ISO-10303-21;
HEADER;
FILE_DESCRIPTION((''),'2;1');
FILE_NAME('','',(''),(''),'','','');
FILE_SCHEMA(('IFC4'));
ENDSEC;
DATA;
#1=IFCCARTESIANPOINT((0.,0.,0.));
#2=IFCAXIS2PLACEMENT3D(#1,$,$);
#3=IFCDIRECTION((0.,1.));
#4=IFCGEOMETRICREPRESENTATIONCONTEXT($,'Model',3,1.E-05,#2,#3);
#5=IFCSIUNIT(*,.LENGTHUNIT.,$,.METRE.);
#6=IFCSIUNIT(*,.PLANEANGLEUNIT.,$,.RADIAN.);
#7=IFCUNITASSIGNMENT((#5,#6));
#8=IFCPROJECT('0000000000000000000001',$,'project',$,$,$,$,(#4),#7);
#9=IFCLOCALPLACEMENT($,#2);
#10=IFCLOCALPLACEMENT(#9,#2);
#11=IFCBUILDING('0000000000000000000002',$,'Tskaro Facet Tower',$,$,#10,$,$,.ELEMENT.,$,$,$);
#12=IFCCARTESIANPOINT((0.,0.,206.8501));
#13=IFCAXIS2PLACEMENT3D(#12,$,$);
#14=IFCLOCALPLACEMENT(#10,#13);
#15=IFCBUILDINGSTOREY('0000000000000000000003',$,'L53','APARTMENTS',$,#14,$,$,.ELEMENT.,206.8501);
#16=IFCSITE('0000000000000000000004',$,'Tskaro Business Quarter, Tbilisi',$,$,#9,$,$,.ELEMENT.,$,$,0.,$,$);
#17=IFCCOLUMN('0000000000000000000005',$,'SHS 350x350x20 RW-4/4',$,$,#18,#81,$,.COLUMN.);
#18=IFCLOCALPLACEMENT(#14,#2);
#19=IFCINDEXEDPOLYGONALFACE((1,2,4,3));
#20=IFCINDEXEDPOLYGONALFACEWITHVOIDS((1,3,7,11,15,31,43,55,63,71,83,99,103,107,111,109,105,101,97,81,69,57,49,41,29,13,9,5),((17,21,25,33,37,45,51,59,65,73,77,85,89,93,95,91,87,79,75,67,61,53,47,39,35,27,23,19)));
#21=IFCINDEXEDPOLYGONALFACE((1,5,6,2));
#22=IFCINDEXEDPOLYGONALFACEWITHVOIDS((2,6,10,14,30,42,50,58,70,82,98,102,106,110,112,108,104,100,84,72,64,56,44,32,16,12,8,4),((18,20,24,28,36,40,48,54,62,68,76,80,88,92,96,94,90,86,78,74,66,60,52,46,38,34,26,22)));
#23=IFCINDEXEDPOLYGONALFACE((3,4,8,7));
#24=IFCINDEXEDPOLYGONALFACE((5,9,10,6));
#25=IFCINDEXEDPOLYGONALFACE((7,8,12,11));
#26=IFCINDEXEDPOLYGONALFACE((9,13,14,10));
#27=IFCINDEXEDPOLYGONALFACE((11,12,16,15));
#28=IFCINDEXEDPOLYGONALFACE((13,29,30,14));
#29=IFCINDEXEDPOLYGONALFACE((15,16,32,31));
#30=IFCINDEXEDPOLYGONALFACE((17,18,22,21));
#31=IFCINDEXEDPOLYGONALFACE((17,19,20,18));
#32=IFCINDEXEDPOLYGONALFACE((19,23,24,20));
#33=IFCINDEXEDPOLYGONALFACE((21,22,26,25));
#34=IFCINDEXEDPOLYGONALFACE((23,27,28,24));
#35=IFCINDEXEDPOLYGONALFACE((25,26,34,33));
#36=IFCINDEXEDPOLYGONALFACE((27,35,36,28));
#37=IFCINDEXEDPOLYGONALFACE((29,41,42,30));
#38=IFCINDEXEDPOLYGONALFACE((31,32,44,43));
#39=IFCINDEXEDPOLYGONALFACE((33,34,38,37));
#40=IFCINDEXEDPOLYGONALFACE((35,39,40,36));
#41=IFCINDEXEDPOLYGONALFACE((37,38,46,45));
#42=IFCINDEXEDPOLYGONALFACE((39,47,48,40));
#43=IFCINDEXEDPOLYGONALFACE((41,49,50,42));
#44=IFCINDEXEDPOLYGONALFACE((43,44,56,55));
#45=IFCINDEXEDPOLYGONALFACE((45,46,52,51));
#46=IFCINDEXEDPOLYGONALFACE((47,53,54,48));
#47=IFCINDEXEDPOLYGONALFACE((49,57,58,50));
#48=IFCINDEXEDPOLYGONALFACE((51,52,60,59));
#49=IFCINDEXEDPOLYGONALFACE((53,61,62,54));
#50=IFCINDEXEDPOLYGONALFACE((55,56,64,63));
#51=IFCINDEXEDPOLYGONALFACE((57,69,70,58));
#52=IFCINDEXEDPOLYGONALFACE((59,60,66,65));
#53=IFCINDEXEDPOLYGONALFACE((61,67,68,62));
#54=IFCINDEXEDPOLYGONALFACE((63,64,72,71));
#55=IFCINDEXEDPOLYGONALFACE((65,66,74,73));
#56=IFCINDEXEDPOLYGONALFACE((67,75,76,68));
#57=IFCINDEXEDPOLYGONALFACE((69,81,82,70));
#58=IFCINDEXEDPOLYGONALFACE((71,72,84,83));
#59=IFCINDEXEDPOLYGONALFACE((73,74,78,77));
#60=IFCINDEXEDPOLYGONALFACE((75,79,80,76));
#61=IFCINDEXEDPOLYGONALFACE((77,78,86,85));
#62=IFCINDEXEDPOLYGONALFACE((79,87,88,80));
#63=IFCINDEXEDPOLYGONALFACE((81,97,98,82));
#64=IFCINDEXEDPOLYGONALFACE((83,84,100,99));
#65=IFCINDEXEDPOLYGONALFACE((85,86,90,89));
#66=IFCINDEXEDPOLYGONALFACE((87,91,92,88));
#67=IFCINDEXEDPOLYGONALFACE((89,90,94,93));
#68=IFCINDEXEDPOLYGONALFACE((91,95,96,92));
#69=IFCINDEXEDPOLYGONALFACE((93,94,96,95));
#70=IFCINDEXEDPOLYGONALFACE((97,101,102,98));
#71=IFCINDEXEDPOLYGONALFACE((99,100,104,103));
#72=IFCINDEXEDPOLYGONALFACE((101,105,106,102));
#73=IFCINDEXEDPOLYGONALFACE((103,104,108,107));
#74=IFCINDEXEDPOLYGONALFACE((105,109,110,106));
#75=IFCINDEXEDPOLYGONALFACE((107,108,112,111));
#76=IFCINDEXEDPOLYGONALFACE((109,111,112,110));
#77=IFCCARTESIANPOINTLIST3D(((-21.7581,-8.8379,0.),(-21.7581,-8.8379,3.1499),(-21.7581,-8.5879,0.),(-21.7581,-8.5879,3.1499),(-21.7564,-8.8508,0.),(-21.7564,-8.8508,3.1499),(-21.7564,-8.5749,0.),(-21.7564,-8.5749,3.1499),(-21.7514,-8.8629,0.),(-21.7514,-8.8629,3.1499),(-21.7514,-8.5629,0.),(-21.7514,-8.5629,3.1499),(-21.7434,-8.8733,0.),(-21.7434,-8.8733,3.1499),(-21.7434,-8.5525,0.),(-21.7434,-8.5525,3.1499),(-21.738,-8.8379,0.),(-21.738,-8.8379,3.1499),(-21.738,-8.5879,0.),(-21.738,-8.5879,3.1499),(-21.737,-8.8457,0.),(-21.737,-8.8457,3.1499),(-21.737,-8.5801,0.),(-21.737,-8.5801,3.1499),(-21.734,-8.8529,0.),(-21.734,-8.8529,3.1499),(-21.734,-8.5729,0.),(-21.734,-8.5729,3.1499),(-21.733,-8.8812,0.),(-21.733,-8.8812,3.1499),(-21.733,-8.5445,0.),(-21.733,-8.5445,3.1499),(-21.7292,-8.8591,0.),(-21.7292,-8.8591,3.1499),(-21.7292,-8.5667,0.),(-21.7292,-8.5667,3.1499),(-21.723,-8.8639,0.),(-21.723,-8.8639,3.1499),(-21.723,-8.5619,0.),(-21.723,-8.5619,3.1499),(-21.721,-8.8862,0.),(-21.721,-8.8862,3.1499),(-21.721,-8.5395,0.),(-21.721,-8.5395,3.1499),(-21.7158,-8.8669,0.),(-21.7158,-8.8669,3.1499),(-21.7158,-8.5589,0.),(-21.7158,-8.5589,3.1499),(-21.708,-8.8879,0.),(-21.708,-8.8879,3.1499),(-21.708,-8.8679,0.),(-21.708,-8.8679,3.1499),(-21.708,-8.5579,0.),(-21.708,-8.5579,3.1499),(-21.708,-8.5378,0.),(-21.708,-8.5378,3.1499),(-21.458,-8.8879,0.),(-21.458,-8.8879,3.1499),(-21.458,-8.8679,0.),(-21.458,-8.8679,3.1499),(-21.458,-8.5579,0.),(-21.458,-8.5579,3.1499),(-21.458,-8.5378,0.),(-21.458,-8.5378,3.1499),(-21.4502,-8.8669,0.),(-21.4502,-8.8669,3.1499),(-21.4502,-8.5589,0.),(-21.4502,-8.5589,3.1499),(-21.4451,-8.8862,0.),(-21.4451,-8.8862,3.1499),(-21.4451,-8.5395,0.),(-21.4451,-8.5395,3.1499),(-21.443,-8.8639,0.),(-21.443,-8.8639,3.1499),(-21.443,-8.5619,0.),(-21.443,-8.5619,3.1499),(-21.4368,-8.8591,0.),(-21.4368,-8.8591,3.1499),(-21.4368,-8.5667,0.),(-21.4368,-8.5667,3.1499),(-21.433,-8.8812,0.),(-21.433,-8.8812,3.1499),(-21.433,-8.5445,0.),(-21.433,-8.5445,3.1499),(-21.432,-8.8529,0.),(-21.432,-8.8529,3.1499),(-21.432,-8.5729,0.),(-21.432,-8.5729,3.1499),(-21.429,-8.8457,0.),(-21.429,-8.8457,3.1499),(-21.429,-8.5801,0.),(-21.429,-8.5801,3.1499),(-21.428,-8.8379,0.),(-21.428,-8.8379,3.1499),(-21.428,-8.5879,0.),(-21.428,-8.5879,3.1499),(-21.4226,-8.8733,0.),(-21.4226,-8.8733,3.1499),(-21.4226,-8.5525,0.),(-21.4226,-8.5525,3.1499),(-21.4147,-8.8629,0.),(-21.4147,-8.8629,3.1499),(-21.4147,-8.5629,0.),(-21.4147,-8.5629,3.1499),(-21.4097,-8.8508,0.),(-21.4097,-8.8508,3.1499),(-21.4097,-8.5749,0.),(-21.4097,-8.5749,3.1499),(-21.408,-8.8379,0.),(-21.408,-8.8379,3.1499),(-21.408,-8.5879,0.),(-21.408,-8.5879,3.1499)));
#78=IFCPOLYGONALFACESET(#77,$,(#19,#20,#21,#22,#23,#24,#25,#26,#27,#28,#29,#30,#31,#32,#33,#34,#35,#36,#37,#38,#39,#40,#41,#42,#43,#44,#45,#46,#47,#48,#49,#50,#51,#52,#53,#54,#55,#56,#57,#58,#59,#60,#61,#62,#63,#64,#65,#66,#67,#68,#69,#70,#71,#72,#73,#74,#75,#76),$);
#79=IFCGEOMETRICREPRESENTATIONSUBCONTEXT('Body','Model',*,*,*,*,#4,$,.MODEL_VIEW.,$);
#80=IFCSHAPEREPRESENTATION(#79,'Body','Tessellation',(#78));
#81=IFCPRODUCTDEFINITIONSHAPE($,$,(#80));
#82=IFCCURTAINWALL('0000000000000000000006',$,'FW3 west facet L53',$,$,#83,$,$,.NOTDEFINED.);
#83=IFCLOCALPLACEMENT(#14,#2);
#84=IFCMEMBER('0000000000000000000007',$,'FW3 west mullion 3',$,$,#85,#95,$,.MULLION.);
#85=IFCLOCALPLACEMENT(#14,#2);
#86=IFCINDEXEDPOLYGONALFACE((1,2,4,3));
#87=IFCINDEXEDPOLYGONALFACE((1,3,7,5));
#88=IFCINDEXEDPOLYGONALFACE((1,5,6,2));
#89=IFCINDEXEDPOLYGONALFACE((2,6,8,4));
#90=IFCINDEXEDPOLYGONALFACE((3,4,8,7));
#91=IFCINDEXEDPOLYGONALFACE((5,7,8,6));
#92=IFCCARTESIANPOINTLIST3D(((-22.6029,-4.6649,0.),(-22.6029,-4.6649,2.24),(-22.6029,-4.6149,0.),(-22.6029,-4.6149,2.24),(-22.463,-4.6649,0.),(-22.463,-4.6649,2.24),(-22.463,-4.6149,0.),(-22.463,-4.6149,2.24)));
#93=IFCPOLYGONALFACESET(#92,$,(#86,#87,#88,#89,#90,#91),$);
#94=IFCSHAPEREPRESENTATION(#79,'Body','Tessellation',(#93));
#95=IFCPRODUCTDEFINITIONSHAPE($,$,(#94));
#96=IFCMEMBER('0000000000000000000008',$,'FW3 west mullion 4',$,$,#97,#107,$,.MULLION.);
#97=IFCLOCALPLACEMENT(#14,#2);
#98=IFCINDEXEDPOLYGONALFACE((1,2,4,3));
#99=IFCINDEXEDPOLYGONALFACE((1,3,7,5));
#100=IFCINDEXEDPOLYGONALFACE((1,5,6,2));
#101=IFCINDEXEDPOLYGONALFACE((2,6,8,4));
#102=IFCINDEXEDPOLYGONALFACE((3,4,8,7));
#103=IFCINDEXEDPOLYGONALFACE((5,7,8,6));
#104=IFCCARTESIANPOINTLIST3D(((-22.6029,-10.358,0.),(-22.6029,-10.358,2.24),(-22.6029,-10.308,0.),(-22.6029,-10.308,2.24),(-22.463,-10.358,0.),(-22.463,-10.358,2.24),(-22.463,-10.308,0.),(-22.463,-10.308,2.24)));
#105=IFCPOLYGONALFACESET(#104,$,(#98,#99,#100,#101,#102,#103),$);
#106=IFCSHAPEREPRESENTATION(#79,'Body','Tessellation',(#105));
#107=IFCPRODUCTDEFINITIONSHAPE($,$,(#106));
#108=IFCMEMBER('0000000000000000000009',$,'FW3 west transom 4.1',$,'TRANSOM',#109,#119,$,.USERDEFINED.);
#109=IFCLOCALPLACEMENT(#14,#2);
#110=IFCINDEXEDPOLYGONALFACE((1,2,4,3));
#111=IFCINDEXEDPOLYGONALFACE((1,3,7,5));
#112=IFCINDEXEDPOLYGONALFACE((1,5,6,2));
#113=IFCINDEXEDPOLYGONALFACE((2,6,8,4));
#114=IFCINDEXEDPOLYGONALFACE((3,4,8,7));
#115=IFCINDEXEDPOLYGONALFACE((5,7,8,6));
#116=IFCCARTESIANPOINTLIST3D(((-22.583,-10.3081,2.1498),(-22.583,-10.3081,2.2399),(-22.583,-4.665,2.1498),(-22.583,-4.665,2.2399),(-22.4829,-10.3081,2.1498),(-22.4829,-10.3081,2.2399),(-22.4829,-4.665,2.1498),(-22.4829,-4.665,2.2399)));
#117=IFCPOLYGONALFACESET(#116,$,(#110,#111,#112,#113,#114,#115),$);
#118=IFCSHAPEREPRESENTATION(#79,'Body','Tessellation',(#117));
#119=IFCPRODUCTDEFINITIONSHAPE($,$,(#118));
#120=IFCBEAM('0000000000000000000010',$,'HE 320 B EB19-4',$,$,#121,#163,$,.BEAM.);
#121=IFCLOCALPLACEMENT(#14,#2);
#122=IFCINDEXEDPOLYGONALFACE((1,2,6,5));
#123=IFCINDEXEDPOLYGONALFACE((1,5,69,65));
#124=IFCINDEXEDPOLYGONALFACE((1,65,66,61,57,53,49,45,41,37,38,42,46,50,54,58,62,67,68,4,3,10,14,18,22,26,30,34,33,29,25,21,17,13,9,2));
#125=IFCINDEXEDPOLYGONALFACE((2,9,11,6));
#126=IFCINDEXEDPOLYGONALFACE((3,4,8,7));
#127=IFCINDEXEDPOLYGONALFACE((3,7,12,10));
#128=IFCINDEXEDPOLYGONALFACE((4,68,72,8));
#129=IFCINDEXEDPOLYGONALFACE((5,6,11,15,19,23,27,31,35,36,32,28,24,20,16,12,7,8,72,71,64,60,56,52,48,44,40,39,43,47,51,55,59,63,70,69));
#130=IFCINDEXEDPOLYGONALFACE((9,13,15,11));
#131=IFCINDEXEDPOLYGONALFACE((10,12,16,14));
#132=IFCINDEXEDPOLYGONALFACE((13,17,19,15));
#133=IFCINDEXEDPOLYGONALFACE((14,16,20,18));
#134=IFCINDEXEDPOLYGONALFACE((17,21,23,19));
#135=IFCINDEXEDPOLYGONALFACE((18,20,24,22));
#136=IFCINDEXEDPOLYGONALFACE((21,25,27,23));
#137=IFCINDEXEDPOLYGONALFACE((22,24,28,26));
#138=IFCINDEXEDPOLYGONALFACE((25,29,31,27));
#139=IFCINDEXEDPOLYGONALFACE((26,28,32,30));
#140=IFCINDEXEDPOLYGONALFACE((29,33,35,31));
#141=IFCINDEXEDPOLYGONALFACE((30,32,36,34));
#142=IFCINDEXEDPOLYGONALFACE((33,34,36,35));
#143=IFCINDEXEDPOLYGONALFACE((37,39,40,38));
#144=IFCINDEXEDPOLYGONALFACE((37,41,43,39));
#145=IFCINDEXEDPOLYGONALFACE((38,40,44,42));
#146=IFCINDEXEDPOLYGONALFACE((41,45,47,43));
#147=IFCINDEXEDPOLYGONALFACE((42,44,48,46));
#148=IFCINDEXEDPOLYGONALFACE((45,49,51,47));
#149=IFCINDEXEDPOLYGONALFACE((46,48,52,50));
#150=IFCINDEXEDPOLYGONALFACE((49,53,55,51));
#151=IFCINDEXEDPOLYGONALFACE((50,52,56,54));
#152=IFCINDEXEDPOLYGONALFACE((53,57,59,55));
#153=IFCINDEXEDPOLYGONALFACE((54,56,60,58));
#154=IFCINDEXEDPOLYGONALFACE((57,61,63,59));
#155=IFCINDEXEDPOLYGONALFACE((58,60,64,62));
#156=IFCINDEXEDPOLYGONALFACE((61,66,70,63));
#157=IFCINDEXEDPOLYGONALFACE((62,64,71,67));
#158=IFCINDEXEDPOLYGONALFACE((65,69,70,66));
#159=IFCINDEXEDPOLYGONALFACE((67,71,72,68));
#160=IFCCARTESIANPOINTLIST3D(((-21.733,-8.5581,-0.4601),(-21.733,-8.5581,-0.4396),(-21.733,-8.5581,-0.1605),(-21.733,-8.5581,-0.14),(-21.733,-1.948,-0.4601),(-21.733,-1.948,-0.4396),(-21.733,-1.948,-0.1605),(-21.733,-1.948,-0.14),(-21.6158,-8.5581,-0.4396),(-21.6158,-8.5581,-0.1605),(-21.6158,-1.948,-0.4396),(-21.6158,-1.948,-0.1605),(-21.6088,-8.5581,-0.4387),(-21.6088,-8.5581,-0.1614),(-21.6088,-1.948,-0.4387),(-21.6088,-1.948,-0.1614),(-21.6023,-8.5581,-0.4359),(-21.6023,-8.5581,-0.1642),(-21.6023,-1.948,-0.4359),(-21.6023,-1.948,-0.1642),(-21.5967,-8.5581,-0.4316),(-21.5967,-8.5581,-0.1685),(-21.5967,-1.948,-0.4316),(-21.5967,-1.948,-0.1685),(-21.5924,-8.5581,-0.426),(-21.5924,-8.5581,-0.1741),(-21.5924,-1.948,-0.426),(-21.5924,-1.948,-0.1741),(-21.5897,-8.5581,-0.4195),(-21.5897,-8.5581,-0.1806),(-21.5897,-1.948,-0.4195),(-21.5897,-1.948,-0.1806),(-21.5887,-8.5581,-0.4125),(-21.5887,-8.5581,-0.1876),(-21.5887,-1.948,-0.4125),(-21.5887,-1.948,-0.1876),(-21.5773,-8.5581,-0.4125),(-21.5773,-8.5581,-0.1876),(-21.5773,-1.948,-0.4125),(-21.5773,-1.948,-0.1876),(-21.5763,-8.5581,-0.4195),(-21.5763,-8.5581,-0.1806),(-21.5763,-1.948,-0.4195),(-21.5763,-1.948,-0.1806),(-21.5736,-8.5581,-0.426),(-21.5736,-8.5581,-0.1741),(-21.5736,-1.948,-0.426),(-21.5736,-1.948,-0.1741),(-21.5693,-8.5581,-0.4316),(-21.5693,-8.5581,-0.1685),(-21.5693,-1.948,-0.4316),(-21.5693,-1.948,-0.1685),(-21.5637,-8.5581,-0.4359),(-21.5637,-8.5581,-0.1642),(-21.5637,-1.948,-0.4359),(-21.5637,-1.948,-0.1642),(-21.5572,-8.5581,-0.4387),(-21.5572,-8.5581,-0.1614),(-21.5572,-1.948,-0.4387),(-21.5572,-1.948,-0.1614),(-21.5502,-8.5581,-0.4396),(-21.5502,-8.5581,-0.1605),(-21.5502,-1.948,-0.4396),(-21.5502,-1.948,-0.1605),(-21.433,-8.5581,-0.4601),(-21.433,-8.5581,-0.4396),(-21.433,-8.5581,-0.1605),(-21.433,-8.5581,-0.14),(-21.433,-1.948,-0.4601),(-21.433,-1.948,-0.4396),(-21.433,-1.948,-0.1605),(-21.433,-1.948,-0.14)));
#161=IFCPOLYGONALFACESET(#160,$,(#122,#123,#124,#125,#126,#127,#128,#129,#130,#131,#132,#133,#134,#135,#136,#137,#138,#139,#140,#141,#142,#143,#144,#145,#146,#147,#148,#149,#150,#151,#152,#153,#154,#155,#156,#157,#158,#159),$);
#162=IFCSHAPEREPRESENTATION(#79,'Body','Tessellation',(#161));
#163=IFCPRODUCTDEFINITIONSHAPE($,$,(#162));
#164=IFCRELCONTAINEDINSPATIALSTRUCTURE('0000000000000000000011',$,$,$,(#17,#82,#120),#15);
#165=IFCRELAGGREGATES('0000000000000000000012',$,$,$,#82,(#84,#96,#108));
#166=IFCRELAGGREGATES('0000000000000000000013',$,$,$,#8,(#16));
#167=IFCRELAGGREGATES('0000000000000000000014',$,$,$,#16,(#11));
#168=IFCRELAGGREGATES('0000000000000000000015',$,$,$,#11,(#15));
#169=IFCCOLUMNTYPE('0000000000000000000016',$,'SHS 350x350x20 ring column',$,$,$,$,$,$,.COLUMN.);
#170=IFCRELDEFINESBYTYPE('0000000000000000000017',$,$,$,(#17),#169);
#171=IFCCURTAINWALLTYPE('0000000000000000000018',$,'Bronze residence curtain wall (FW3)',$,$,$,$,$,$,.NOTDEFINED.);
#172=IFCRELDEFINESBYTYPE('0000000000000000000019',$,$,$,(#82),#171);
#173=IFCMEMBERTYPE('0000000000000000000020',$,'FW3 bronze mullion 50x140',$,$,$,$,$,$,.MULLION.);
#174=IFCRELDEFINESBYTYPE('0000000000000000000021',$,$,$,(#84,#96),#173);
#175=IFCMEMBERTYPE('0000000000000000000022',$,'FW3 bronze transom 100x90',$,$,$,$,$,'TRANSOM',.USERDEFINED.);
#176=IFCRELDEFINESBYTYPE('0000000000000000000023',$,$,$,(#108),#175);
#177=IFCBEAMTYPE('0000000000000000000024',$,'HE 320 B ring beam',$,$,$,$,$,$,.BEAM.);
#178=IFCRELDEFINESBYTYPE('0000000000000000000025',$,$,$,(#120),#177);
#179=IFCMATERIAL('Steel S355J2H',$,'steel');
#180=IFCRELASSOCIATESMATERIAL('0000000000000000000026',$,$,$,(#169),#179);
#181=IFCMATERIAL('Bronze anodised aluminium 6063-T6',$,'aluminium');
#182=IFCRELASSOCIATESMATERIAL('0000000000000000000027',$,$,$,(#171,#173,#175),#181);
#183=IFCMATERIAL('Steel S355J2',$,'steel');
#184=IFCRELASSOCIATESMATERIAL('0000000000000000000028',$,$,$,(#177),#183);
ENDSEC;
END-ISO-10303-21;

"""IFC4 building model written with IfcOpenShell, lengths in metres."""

from ifc_helpers import new_model, si_unit, direction, frame, origin, origin_2d, place, context, subcontext, project, spatial, rectangle, hollow_rectangle, i_section, extrude, material, material_profile, profile_set, type_object, element, aggregate, save


model = new_model("IFC4")

# Units and contexts
model_context = context("Model", 3, precision=1e-05, world=origin(), true_north=direction((0.0, 1.0)))
body_context = subcontext(model_context, "Body", "Model", "MODEL_VIEW")
ifc_project = project(units=[si_unit("LENGTHUNIT", "METRE"), si_unit("PLANEANGLEUNIT", "RADIAN")], contexts=[model_context])

# Site, building, storey
site_placement = place(None, origin())
site = spatial("IfcSite", under=ifc_project, at=site_placement, Name="Tskaro Business Quarter, Tbilisi", CompositionType="ELEMENT", RefElevation=0.0)
building_placement = place(site_placement, origin())
building = spatial("IfcBuilding", under=site, at=building_placement, Name="Tskaro Facet Tower", CompositionType="ELEMENT")
storey_placement = place(building_placement, frame((0.0, 0.0, 206.8501)))
storey = spatial("IfcBuildingStorey", under=building, at=storey_placement, Name="L53", Description="APARTMENTS", CompositionType="ELEMENT", Elevation=206.8501)

# Column
ifc_material_1 = material(Name="Steel S355J2H", Category="steel")
ifc_material_profile_1 = material_profile(ifc_material_1, hollow_rectangle(XDim=0.3501, YDim=0.3501, WallThickness=0.02, InnerFilletRadius=0.03, OuterFilletRadius=0.05, at=origin_2d()), Name="SHS 350x350x20")
ifc_profile_set_1 = profile_set([ifc_material_profile_1], Name="Steel S355J2H")
column_type_1 = type_object("IfcColumnType", Name="SHS 350x350x20 ring column", PredefinedType="COLUMN", material=ifc_profile_set_1)
for number, where, z_axis, x_axis, name in (
    (1, (-21.583, -8.7129, 0.0), (0.0, 0.0, 1.0), (1.0, 0.0, 0.0), "SHS 350x350x20 RW-4/4"),
):
    element("IfcColumn", number, at=place(storey_placement, frame(where, z_axis=z_axis, x_axis=x_axis)), inside=storey, type_object=column_type_1, Name=name, PredefinedType="COLUMN", context=body_context, shape_type="SweptSolid", body=[
        extrude(hollow_rectangle(XDim=0.3501, YDim=0.3501, WallThickness=0.02, InnerFilletRadius=0.03, OuterFilletRadius=0.05, at=origin_2d()), origin(), (0.0, 0.0, 1.0), 3.1499),
    ])

# Curtain wall, members
ifc_material_2 = material(Name="Bronze anodised aluminium 6063-T6", Category="aluminium")
curtain_wall_type = type_object("IfcCurtainWallType", Name="Bronze residence curtain wall (FW3)", PredefinedType="NOTDEFINED", material=ifc_material_2)
curtain_wall_placement = place(storey_placement, origin())
curtain_wall = element("IfcCurtainWall", 2, at=curtain_wall_placement, inside=storey, type_object=curtain_wall_type, Name="FW3 west facet L53", PredefinedType="NOTDEFINED")
ifc_material_profile_2 = material_profile(ifc_material_2, rectangle(XDim=0.05, YDim=0.1399, at=origin_2d()), Name="Mullion 50x140")
ifc_profile_set_2 = profile_set([ifc_material_profile_2], Name="Bronze anodised aluminium 6063-T6")
member_type_1 = type_object("IfcMemberType", Name="FW3 bronze mullion 50x140", PredefinedType="MULLION", material=ifc_profile_set_2)
member_1_placement = place(storey_placement, frame((-22.533, -4.6399, 0.0), z_axis=(0.0, 0.0, 1.0), x_axis=(0.0, -1.0, 0.0)))
member_1 = element("IfcMember", 3, at=member_1_placement, type_object=member_type_1, Name="FW3 west mullion 3", PredefinedType="MULLION", context=body_context, shape_type="SweptSolid", body=[
    extrude(rectangle(XDim=0.05, YDim=0.1399, at=origin_2d()), origin(), (0.0, 0.0, 1.0), 2.24),
])
member_2_placement = place(storey_placement, frame((-22.533, -10.333, 0.0), z_axis=(0.0, 0.0, 1.0), x_axis=(0.0, -1.0, 0.0)))
member_2 = element("IfcMember", 4, at=member_2_placement, type_object=member_type_1, Name="FW3 west mullion 4", PredefinedType="MULLION", context=body_context, shape_type="SweptSolid", body=[
    extrude(rectangle(XDim=0.05, YDim=0.1399, at=origin_2d()), origin(), (0.0, 0.0, 1.0), 2.24),
])
ifc_material_profile_3 = material_profile(ifc_material_2, rectangle(XDim=0.1001, YDim=0.0901, at=origin_2d()), Name="Transom 100x90")
ifc_profile_set_3 = profile_set([ifc_material_profile_3], Name="Bronze anodised aluminium 6063-T6")
member_type_2 = type_object("IfcMemberType", Name="FW3 bronze transom 100x90", ElementType="TRANSOM", PredefinedType="USERDEFINED", material=ifc_profile_set_3)
member_3_placement = place(storey_placement, frame((-22.533, -4.665, 2.1948), z_axis=(0.0, -1.0, 0.0), x_axis=(1.0, 0.0, 0.0)))
member_3 = element("IfcMember", 5, at=member_3_placement, type_object=member_type_2, Name="FW3 west transom 4.1", ObjectType="TRANSOM", PredefinedType="USERDEFINED", context=body_context, shape_type="SweptSolid", body=[
    extrude(rectangle(XDim=0.1001, YDim=0.0901, at=origin_2d()), origin(), (0.0, 0.0, 1.0), 5.6431),
])

# Beam
ifc_material_3 = material(Name="Steel S355J2", Category="steel")
ifc_material_profile_4 = material_profile(ifc_material_3, i_section(OverallWidth=0.3, OverallDepth=0.3201, WebThickness=0.0115, FlangeThickness=0.0205, FilletRadius=0.0271, at=origin_2d()), Name="HE 320 B")
ifc_profile_set_4 = profile_set([ifc_material_profile_4], Name="Steel S355J2")
beam_type_1 = type_object("IfcBeamType", Name="HE 320 B ring beam", PredefinedType="BEAM", material=ifc_profile_set_4)
for number, where, z_axis, x_axis, name in (
    (6, (-21.583, -1.948, -0.3), (0.0, -1.0, 0.0), (1.0, 0.0, 0.0), "HE 320 B EB19-4"),
):
    element("IfcBeam", number, at=place(storey_placement, frame(where, z_axis=z_axis, x_axis=x_axis)), inside=storey, type_object=beam_type_1, Name=name, PredefinedType="BEAM", context=body_context, shape_type="SweptSolid", body=[
        extrude(i_section(OverallWidth=0.3, OverallDepth=0.3201, WebThickness=0.0115, FlangeThickness=0.0205, FilletRadius=0.0271, at=origin_2d()), origin(), (0.0, 0.0, 1.0), 6.6101),
    ])

aggregate(curtain_wall, [member_1, member_2, member_3])

save(model, "model.ifc")
